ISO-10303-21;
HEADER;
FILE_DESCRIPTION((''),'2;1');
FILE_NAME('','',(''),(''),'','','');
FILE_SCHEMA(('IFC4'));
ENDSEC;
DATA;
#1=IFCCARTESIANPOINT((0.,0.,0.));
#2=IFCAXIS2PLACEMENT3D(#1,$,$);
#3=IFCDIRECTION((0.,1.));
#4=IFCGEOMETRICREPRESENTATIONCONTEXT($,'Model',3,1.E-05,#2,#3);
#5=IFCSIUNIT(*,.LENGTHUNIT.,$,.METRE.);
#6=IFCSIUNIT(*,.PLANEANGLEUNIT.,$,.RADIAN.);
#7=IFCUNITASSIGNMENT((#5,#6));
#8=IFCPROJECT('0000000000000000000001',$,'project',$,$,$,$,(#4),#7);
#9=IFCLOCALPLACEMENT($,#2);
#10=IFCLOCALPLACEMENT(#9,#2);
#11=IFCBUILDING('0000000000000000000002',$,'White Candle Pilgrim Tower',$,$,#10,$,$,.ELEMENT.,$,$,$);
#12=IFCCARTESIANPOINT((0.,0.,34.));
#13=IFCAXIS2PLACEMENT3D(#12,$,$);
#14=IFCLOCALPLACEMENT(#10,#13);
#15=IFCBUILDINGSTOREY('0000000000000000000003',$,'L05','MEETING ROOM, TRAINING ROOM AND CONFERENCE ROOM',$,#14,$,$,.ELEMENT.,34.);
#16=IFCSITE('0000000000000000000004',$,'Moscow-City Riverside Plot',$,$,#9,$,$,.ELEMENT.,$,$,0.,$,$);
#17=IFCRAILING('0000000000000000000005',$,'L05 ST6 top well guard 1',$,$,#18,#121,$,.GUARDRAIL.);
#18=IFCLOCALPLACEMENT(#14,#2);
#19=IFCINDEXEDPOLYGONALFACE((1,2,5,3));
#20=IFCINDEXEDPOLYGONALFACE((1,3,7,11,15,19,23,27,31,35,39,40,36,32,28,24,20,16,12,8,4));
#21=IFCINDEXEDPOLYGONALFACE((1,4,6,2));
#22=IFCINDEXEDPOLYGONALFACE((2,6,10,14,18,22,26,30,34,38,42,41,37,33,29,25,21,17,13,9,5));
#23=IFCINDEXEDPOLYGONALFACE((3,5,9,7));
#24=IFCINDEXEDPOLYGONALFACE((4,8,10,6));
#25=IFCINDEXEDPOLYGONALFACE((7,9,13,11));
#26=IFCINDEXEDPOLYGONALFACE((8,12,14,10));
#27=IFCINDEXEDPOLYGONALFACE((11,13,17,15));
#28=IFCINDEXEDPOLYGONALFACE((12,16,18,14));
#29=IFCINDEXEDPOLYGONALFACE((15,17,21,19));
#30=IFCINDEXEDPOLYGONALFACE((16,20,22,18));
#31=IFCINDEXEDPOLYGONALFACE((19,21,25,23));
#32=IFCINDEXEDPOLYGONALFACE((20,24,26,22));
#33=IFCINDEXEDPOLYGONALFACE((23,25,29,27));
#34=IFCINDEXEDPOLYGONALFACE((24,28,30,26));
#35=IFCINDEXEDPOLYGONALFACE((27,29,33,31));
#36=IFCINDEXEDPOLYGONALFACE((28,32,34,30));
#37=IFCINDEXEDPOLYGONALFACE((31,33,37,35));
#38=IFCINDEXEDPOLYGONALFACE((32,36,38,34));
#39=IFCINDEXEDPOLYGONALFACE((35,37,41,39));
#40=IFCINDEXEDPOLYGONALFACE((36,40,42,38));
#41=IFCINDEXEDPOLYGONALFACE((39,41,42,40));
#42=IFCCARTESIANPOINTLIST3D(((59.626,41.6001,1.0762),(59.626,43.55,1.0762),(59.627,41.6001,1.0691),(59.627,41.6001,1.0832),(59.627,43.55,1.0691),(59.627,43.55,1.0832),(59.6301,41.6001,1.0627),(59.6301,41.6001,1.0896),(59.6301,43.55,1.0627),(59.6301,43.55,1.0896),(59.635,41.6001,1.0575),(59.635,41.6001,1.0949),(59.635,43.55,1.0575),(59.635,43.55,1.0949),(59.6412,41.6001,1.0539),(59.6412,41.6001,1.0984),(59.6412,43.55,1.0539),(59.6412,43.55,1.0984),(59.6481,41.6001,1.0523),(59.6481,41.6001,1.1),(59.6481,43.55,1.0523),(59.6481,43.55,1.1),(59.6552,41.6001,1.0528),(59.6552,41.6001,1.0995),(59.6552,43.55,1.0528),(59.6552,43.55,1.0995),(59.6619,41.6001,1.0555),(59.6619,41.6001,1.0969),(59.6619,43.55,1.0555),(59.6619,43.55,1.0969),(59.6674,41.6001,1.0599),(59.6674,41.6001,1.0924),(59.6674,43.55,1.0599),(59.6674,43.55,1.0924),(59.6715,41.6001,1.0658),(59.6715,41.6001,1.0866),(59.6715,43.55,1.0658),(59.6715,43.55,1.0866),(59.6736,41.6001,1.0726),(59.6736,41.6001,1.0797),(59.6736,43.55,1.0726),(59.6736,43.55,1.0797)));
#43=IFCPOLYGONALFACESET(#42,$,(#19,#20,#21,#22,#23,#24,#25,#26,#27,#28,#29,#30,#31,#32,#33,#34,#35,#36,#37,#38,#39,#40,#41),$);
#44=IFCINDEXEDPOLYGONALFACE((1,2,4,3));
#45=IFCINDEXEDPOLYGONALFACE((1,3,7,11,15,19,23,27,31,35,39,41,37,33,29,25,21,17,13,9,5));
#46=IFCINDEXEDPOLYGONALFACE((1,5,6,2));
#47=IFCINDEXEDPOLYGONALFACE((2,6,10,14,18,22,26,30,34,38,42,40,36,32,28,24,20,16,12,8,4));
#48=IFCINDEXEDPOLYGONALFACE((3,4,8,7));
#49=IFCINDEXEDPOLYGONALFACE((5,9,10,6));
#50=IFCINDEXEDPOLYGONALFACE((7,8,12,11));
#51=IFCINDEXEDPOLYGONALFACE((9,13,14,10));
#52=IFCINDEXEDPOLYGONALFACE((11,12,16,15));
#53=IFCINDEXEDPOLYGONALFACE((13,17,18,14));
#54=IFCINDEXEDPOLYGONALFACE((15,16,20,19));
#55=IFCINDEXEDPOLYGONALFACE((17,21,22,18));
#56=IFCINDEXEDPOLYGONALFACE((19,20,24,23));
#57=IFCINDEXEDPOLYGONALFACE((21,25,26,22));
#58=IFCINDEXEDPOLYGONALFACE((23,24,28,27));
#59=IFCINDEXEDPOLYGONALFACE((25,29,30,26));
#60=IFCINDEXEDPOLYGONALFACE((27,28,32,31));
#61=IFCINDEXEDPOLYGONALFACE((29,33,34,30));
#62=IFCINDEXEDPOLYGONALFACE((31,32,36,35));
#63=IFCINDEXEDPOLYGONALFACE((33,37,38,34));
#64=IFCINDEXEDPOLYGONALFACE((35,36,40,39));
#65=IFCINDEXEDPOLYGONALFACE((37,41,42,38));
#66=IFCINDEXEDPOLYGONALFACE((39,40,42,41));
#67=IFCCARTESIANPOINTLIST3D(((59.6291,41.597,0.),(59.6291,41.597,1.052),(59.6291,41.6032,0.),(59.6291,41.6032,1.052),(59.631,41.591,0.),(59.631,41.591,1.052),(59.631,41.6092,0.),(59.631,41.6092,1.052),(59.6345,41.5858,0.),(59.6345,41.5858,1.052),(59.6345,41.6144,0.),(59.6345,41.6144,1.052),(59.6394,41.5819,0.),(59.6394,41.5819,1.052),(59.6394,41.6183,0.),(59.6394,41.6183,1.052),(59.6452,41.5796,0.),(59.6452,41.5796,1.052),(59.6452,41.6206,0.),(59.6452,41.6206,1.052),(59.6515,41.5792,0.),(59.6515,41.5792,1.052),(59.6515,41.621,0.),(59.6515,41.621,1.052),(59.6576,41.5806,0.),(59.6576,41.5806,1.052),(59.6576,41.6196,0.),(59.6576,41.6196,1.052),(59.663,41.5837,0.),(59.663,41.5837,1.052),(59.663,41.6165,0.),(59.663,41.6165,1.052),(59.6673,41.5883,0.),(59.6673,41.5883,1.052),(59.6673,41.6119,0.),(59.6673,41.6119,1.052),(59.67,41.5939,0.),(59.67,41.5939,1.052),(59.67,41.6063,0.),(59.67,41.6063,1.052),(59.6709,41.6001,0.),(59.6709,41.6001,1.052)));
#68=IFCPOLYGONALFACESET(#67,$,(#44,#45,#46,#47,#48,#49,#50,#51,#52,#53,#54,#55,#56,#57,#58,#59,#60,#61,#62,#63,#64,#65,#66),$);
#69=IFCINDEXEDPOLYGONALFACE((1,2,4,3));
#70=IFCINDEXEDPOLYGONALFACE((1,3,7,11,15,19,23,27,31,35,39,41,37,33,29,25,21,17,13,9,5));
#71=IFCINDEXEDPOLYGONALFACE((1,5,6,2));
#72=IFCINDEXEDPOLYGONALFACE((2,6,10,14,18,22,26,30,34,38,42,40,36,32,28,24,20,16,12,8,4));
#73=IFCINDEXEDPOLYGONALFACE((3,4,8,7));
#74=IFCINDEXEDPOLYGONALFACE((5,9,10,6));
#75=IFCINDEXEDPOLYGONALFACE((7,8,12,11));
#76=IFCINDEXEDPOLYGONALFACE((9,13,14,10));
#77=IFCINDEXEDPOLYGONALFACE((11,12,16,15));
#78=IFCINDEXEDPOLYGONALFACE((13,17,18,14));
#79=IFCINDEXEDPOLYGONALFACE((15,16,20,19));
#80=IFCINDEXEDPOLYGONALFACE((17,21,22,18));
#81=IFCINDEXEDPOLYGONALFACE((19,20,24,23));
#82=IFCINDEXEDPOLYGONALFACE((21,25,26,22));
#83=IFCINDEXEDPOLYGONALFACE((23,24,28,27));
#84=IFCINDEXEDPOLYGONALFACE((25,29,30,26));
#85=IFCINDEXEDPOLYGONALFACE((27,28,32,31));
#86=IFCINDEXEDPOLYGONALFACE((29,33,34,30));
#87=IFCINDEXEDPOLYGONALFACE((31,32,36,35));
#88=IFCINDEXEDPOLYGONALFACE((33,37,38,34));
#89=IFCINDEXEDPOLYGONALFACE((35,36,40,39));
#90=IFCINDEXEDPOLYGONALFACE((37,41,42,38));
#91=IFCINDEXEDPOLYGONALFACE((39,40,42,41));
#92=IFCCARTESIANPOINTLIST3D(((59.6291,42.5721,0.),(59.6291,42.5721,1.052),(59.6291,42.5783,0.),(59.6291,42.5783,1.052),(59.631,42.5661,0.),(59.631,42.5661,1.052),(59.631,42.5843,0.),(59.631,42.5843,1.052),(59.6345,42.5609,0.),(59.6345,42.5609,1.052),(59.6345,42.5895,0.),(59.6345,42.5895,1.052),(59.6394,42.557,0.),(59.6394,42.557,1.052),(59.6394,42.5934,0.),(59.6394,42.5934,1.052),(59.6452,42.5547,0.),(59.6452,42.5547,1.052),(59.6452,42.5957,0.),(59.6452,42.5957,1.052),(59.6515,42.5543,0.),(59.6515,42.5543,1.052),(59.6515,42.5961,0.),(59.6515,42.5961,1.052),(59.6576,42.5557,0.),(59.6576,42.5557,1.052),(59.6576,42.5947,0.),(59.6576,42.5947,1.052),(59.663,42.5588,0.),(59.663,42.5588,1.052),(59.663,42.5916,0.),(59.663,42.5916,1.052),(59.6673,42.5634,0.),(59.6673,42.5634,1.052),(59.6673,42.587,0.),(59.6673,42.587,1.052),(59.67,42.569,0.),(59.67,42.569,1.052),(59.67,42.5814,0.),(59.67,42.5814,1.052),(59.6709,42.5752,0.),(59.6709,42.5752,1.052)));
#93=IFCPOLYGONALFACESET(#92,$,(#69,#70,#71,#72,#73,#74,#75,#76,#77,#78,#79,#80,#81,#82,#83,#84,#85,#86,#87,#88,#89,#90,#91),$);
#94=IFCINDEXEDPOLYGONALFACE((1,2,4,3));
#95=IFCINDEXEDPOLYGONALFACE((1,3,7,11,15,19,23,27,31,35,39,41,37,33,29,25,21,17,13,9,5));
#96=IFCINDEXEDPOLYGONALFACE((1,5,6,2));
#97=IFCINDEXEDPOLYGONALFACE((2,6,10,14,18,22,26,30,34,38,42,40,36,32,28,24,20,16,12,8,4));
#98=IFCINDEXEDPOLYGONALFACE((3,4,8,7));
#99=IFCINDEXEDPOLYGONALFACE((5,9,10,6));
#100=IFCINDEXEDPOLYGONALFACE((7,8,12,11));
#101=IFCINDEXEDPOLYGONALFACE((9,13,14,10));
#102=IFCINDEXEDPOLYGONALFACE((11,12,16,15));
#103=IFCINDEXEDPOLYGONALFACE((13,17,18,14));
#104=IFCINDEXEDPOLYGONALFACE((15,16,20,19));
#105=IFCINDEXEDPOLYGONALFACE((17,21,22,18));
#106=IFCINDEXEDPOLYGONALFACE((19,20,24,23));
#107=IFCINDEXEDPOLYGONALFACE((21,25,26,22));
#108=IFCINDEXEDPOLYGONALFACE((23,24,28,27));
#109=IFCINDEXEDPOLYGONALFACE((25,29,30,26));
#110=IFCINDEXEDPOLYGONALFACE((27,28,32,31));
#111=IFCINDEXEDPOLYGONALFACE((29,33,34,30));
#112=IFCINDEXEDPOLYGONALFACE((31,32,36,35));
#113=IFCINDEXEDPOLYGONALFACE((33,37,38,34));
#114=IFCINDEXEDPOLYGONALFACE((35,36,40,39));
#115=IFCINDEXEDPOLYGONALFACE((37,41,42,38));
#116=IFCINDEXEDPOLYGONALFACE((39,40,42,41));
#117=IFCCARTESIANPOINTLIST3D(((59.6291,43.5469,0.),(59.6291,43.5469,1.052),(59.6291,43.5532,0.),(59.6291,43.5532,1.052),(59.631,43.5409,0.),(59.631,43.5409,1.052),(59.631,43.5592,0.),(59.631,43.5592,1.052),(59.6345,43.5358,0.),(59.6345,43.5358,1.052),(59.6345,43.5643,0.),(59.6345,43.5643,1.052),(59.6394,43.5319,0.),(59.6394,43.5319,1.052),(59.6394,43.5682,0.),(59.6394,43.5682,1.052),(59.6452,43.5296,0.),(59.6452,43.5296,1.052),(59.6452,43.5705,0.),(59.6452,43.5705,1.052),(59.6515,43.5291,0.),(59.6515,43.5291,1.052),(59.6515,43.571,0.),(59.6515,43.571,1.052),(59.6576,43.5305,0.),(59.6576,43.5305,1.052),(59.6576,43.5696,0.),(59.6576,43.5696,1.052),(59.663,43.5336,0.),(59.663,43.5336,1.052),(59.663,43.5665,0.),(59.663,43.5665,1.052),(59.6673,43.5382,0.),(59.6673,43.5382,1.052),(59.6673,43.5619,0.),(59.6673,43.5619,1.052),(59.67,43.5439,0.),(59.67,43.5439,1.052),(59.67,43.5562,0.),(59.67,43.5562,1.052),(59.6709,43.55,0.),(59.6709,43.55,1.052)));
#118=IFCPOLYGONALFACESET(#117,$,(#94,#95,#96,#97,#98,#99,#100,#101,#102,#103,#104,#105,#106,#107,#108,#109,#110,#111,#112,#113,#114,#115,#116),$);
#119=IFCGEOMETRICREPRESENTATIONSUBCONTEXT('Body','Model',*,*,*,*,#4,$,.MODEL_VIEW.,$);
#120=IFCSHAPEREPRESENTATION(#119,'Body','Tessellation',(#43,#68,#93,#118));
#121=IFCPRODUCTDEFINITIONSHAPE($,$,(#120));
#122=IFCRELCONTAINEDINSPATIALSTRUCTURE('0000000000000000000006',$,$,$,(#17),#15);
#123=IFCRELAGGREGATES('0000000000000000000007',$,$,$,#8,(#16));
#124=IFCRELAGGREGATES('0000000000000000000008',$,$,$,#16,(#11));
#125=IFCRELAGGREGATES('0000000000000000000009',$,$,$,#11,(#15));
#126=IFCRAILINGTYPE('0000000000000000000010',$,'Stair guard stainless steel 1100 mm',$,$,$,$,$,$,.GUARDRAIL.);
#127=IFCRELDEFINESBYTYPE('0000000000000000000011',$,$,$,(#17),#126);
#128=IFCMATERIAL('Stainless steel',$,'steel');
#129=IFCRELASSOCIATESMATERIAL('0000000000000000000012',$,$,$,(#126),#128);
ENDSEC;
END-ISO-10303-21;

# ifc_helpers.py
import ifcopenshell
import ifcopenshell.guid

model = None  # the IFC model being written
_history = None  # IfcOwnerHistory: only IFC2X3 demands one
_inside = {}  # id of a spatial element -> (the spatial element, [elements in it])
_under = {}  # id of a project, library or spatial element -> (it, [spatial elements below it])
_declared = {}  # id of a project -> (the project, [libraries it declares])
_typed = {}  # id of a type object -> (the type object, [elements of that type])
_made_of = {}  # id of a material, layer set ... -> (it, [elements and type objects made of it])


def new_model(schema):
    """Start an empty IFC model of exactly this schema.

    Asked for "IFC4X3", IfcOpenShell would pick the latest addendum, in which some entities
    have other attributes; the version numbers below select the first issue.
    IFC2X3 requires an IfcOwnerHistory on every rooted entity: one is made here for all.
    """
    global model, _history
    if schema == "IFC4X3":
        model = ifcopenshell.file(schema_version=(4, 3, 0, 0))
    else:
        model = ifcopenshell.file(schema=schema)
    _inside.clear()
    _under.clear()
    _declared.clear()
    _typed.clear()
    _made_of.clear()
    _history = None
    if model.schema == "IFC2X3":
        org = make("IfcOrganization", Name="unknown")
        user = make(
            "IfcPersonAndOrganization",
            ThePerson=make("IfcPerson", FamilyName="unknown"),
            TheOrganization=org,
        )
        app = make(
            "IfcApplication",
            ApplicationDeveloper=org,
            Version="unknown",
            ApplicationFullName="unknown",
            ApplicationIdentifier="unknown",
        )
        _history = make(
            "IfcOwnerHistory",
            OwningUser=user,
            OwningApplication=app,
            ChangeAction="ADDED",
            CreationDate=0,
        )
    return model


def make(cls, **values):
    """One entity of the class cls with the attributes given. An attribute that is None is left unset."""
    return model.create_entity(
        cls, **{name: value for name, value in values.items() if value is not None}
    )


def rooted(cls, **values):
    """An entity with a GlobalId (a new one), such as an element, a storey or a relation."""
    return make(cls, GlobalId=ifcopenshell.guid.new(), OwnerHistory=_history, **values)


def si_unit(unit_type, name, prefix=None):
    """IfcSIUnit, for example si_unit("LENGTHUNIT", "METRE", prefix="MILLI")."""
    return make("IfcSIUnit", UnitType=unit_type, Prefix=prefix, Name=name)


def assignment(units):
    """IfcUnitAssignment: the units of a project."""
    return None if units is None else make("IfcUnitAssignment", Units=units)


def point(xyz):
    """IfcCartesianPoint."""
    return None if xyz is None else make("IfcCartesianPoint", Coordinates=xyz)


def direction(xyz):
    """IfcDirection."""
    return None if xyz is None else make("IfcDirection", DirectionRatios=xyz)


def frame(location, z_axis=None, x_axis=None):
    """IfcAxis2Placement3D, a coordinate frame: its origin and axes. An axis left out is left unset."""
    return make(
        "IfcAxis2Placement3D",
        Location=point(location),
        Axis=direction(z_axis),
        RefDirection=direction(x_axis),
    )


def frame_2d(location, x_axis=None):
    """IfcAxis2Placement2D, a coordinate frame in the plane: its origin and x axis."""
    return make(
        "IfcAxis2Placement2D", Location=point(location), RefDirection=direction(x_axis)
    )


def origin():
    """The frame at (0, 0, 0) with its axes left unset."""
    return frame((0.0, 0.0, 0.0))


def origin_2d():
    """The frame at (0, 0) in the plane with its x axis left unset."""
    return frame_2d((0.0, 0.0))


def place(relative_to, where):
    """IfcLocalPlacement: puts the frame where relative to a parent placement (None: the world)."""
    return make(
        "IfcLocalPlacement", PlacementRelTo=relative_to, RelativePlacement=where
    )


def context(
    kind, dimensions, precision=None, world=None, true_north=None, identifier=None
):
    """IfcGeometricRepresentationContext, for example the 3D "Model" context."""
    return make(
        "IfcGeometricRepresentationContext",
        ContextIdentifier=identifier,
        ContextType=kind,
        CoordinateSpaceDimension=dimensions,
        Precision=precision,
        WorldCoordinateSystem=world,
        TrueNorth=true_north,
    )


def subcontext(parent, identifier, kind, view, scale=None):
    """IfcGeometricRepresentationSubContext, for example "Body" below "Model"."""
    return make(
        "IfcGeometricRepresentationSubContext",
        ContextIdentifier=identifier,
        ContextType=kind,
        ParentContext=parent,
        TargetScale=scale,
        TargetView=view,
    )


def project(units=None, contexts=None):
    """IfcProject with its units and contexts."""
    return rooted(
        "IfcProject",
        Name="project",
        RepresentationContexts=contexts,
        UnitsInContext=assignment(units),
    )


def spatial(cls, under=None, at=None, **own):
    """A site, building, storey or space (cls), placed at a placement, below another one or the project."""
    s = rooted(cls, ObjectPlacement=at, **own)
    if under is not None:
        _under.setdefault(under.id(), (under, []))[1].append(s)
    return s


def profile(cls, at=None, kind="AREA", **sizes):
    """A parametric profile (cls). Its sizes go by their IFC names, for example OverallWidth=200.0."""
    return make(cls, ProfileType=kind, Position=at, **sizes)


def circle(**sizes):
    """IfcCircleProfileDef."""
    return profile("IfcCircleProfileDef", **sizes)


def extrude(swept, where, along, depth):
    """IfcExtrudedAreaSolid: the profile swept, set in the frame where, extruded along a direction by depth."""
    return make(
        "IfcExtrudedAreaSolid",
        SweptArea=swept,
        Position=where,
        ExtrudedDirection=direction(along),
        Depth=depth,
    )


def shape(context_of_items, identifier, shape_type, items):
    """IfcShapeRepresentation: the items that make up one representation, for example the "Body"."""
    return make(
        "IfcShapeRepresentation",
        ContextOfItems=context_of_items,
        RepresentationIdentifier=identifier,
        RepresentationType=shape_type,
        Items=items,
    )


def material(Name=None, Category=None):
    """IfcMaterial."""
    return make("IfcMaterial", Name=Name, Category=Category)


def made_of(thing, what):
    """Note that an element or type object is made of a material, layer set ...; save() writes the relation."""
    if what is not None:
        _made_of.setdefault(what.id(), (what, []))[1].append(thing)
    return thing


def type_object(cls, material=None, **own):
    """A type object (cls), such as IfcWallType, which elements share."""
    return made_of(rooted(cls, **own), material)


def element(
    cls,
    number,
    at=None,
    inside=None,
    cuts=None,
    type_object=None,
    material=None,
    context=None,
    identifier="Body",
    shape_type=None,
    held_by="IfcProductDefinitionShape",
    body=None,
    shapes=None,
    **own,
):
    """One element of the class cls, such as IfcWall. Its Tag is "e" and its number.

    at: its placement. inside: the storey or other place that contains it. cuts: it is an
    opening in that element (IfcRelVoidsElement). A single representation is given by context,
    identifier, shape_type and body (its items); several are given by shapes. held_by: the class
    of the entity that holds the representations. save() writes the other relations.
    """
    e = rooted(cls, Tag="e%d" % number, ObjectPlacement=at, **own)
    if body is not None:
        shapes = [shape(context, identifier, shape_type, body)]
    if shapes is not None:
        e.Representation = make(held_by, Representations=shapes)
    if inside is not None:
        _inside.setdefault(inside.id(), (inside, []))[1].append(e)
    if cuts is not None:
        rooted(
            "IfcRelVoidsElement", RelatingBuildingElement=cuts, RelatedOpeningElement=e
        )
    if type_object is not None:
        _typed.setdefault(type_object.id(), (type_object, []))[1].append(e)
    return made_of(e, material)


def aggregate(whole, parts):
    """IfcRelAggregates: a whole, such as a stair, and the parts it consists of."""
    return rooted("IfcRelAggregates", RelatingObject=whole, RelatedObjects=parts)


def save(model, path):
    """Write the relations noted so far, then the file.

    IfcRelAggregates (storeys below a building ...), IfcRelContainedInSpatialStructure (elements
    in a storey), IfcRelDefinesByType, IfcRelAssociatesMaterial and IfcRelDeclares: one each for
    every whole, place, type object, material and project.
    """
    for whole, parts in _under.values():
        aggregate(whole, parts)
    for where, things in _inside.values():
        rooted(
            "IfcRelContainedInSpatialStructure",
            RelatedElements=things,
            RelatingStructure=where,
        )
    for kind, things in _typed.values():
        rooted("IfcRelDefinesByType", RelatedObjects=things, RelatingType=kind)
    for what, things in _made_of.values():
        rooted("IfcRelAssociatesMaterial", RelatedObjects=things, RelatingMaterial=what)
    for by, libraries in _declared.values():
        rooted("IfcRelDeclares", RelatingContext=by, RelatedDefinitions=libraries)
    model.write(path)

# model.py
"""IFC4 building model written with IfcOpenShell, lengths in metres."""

from ifc_helpers import new_model, si_unit, direction, frame, origin, origin_2d, place, context, subcontext, project, spatial, circle, extrude, material, type_object, element, save


model = new_model("IFC4")

# Units and contexts
model_context = context("Model", 3, precision=1e-05, world=origin(), true_north=direction((0.0, 1.0)))
body_context = subcontext(model_context, "Body", "Model", "MODEL_VIEW")
ifc_project = project(units=[si_unit("LENGTHUNIT", "METRE"), si_unit("PLANEANGLEUNIT", "RADIAN")], contexts=[model_context])

# Site, building, storey
site_placement = place(None, origin())
site = spatial("IfcSite", under=ifc_project, at=site_placement, Name="Moscow-City Riverside Plot", CompositionType="ELEMENT", RefElevation=0.0)
building_placement = place(site_placement, origin())
building = spatial("IfcBuilding", under=site, at=building_placement, Name="White Candle Pilgrim Tower", CompositionType="ELEMENT")
storey_placement = place(building_placement, frame((0.0, 0.0, 34.0)))
storey = spatial("IfcBuildingStorey", under=building, at=storey_placement, Name="L05", Description="MEETING ROOM, TRAINING ROOM AND CONFERENCE ROOM", CompositionType="ELEMENT", Elevation=34.0)

# Railing
ifc_material_1 = material(Name="Stainless steel", Category="steel")
railing_type = type_object("IfcRailingType", Name="Stair guard stainless steel 1100 mm", PredefinedType="GUARDRAIL", material=ifc_material_1)
railing_placement = place(storey_placement, frame((59.6499, 41.6001, 0.0)))
element("IfcRailing", 1, at=railing_placement, inside=storey, type_object=railing_type, Name="L05 ST6 top well guard 1", PredefinedType="GUARDRAIL", context=body_context, shape_type="SweptSolid", body=[
    extrude(circle(Radius=0.0239, at=origin_2d()), frame((0.0, 0.0, 1.0762), z_axis=(0.0, 1.0, 0.0), x_axis=(-1.0, 0.0, 0.0)), (0.0, 0.0, 1.0), 1.95),
    extrude(circle(Radius=0.021, at=origin_2d()), origin(), (0.0, 0.0, 1.0), 1.052),
    extrude(circle(Radius=0.021, at=origin_2d()), frame((0.0, 0.9751, 0.0)), (0.0, 0.0, 1.0), 1.052),
    extrude(circle(Radius=0.021, at=origin_2d()), frame((0.0, 1.95, 0.0)), (0.0, 0.0, 1.0), 1.052),
])

save(model, "model.ifc")
